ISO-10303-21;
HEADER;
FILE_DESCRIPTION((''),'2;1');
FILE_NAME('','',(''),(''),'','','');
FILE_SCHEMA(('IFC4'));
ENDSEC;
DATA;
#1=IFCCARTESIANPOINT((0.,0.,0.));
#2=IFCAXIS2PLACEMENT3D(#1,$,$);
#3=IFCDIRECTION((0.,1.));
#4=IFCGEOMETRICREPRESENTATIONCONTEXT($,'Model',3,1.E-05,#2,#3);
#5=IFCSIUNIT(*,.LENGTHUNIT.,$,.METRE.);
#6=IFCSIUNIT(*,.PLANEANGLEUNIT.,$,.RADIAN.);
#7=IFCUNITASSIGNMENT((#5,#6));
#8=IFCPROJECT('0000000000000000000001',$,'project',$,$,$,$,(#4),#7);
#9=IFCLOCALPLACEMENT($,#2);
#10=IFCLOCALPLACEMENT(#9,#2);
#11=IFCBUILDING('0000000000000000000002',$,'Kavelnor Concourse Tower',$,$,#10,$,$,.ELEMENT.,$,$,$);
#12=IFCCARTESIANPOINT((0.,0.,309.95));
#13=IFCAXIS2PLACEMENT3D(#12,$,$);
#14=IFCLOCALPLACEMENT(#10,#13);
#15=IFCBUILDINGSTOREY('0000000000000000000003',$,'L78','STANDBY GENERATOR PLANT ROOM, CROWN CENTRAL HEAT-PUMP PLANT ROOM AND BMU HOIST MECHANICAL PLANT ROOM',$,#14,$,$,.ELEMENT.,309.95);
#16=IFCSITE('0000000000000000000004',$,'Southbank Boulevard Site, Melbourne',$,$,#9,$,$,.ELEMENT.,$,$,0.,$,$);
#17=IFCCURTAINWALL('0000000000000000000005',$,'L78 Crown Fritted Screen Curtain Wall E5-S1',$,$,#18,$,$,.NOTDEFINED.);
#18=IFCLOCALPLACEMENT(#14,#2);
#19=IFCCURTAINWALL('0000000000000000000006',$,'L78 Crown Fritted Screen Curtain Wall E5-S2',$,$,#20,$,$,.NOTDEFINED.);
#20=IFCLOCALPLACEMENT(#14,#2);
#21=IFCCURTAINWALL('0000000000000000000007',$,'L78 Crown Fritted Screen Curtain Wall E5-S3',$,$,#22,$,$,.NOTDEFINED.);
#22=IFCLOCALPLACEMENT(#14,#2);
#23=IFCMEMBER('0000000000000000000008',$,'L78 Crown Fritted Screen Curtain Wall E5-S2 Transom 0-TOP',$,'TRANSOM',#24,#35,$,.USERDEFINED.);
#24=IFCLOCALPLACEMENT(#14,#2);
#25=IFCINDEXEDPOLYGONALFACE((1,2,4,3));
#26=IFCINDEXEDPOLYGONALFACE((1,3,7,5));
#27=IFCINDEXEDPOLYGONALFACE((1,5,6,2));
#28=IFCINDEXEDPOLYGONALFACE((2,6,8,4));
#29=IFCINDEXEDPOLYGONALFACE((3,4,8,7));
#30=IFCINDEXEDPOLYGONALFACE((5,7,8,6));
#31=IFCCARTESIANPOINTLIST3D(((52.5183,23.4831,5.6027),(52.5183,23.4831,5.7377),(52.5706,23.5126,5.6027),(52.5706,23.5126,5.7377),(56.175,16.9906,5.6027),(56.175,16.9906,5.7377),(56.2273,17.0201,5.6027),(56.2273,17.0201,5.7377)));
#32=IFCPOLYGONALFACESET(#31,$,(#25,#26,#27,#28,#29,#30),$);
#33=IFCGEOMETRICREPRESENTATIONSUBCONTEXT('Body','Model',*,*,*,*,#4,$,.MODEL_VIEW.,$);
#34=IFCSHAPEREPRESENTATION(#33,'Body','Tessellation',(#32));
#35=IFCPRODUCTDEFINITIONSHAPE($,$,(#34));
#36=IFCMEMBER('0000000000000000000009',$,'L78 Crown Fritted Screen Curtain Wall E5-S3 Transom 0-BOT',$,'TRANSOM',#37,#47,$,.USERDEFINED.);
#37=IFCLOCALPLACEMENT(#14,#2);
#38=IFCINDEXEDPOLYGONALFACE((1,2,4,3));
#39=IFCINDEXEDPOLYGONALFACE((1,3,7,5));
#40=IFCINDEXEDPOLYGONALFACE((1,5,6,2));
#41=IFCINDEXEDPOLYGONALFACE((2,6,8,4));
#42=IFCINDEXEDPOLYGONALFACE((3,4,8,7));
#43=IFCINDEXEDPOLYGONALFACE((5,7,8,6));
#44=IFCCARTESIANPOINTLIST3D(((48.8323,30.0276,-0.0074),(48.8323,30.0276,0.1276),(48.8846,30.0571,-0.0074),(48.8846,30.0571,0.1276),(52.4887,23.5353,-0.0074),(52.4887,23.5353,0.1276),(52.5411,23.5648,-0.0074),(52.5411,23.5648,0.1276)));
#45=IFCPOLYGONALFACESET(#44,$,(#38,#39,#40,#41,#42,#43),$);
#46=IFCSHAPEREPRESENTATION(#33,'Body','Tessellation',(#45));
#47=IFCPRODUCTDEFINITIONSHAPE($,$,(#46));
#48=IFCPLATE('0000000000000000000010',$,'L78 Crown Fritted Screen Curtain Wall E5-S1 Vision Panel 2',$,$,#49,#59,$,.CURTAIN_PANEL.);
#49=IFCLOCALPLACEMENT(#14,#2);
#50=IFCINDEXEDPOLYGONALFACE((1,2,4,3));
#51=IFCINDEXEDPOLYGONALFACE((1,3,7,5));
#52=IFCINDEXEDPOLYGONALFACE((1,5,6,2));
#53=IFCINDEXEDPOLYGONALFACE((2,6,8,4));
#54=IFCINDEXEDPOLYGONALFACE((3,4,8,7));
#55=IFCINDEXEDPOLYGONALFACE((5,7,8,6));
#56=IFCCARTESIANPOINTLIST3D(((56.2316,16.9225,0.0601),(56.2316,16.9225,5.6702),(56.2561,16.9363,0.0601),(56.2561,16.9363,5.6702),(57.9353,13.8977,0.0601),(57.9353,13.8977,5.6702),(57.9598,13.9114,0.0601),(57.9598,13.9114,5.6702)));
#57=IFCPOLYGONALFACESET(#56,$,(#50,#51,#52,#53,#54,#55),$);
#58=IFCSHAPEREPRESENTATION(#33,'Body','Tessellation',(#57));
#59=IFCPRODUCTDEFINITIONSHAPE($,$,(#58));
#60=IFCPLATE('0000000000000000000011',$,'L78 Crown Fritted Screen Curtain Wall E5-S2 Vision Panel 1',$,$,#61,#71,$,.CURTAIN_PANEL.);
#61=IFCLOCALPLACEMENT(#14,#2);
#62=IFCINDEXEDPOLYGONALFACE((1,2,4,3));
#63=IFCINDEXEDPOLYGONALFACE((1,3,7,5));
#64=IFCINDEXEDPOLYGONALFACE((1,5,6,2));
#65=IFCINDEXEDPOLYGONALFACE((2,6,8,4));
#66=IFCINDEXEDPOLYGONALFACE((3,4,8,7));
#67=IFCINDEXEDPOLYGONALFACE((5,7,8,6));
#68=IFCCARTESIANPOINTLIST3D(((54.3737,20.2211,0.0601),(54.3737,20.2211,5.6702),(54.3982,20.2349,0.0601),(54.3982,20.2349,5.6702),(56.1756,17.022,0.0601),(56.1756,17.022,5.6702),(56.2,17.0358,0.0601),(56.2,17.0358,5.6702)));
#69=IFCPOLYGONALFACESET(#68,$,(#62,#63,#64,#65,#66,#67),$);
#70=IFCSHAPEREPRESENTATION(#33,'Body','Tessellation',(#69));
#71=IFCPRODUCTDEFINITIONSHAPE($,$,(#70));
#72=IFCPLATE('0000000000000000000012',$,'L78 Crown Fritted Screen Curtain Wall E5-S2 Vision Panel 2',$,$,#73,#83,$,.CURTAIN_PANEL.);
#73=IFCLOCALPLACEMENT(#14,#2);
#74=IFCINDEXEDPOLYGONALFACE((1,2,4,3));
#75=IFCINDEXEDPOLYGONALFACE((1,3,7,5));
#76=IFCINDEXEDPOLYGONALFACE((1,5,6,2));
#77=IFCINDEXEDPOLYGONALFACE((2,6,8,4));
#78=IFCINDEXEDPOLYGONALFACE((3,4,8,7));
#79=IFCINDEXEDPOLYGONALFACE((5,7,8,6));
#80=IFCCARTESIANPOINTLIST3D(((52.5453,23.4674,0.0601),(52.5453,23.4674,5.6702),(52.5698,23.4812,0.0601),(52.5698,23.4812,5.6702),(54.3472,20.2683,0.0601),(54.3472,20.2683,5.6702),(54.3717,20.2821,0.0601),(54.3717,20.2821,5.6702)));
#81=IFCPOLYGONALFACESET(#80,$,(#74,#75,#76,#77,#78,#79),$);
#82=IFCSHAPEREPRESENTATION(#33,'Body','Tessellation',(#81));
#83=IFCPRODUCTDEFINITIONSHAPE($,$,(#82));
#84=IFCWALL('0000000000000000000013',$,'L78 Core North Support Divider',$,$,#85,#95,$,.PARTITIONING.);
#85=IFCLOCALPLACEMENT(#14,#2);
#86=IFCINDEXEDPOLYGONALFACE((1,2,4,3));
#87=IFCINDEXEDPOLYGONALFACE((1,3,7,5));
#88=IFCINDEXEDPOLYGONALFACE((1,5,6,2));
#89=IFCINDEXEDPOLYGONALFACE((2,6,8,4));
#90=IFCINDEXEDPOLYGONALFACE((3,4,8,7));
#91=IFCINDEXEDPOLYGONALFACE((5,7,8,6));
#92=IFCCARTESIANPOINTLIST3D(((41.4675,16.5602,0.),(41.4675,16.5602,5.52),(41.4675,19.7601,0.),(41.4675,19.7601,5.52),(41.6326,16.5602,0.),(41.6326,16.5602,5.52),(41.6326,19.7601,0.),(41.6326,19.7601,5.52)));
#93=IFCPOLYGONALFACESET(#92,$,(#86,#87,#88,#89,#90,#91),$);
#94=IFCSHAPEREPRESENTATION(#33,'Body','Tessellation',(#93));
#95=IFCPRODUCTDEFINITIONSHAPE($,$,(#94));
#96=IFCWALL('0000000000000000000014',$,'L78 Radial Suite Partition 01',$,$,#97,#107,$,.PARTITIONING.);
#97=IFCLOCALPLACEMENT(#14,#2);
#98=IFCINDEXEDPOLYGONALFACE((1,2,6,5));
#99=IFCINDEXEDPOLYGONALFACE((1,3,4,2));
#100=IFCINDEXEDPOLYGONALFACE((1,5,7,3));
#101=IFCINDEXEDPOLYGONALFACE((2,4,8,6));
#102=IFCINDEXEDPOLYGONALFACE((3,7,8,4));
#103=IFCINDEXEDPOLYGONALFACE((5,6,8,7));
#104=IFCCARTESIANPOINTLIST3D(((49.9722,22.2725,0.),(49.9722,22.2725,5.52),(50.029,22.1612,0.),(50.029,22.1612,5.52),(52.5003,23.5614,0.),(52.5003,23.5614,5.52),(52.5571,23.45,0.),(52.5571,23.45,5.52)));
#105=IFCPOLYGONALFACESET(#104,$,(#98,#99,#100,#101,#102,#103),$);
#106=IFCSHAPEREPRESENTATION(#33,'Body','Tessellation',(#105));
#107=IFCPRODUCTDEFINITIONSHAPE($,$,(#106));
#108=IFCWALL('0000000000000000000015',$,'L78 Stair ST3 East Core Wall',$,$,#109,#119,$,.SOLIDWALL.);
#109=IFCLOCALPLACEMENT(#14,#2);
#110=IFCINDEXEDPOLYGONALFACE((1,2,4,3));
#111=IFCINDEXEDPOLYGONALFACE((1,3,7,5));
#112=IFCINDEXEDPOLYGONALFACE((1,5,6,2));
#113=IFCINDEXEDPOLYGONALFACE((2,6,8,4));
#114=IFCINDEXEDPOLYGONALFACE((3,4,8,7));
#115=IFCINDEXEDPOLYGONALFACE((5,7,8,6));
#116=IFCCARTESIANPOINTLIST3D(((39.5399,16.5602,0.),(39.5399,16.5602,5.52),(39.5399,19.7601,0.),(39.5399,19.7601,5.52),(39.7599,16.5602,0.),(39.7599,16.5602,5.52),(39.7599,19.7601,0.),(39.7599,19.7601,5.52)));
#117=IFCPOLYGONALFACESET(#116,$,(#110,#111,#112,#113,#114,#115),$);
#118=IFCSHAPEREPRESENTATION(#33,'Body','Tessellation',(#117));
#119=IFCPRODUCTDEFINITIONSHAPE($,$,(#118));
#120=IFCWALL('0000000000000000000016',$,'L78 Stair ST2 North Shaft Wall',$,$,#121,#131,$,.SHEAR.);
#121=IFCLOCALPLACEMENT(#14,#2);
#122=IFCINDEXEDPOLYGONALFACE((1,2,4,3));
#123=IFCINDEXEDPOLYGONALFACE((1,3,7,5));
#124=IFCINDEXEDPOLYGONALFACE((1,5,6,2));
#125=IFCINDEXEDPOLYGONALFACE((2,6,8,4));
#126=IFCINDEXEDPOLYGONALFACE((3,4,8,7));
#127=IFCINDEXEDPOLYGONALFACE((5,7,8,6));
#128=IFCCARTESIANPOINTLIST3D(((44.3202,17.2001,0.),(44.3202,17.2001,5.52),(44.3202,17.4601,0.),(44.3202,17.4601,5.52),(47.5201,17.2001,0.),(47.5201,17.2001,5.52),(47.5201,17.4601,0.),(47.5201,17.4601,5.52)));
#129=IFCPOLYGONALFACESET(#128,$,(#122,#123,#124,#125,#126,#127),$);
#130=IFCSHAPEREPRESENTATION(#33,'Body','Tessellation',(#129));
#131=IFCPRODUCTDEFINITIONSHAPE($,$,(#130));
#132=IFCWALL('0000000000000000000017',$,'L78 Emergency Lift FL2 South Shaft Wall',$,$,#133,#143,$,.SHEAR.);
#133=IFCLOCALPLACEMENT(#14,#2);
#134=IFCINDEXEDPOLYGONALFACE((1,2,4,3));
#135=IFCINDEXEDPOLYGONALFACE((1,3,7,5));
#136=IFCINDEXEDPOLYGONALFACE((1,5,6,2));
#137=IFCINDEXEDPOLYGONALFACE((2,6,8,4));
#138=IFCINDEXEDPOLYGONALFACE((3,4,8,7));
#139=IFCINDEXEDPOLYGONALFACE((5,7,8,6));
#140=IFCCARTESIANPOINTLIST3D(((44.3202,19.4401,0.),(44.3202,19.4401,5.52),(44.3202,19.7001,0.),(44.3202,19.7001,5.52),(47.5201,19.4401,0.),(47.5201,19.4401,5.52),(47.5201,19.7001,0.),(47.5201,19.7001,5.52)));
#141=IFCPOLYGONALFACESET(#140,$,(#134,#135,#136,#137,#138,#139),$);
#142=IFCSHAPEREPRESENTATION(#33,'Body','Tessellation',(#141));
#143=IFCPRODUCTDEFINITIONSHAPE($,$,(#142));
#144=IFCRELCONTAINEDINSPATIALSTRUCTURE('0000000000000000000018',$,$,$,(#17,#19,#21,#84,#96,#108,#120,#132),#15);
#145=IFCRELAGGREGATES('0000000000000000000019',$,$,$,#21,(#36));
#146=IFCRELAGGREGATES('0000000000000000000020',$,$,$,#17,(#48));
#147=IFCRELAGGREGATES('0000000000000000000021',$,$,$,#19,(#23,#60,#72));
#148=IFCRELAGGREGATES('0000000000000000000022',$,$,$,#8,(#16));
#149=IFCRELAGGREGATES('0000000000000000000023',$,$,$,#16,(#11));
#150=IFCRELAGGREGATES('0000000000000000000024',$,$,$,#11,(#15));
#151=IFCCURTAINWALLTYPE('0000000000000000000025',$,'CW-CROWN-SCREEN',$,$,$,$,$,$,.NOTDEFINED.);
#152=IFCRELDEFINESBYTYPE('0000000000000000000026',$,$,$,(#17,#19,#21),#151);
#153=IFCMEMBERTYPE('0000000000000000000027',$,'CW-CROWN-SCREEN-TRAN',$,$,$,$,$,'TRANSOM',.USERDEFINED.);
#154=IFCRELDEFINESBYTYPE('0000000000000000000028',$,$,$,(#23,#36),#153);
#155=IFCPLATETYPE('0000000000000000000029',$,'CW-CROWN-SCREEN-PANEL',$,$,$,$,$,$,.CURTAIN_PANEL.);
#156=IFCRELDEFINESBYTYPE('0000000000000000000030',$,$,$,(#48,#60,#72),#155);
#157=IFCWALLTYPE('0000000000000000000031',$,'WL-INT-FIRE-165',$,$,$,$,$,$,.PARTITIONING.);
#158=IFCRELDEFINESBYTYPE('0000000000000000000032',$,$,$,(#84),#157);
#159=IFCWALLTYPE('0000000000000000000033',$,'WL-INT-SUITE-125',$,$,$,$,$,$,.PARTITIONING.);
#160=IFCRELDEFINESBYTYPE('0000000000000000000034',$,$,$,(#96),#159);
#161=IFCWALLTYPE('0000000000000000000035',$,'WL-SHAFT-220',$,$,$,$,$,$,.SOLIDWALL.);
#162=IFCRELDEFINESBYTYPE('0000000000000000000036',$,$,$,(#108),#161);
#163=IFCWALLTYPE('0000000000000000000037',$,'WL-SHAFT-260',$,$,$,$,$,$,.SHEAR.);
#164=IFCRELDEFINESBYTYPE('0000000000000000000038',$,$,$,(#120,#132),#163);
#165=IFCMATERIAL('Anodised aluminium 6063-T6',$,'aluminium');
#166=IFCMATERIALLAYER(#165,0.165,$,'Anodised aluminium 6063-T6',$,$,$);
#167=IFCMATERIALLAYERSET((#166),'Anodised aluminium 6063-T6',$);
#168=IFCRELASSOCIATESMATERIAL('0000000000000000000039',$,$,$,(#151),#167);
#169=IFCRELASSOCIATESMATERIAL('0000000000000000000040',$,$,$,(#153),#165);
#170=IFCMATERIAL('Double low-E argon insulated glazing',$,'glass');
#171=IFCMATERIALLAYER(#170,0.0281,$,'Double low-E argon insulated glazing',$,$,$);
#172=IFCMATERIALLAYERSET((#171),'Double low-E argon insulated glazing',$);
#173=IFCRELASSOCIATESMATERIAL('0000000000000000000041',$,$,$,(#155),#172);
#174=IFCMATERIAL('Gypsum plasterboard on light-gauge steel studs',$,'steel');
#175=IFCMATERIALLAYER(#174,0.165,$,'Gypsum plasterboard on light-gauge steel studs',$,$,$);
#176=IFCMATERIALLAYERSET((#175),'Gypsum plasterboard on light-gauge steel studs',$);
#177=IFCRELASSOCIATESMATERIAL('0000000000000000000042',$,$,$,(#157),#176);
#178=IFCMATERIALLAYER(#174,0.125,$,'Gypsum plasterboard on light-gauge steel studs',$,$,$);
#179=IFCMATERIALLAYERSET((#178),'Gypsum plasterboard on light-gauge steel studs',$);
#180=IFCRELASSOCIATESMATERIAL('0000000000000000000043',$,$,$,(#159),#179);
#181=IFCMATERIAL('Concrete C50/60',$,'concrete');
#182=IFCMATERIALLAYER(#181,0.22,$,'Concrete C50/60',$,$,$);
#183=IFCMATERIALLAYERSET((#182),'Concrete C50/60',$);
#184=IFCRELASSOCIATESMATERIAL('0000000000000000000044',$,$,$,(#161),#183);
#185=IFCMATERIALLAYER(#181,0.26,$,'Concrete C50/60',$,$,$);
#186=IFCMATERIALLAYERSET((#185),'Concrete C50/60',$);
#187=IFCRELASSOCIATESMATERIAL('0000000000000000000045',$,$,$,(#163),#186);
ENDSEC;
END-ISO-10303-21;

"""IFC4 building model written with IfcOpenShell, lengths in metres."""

from ifc_helpers import new_model, si_unit, direction, frame, frame_2d, origin, origin_2d, place, context, subcontext, project, spatial, rectangle, extrude, material, layer, layer_set, material_profile, profile_set, type_object, element, aggregate, save


model = new_model("IFC4")

# Units and contexts
model_context = context("Model", 3, precision=1e-05, world=origin(), true_north=direction((0.0, 1.0)))
body_context = subcontext(model_context, "Body", "Model", "MODEL_VIEW")
ifc_project = project(units=[si_unit("LENGTHUNIT", "METRE"), si_unit("PLANEANGLEUNIT", "RADIAN")], contexts=[model_context])

# Site, building, storey
site_placement = place(None, origin())
site = spatial("IfcSite", under=ifc_project, at=site_placement, Name="Southbank Boulevard Site, Melbourne", CompositionType="ELEMENT", RefElevation=0.0)
building_placement = place(site_placement, origin())
building = spatial("IfcBuilding", under=site, at=building_placement, Name="Kavelnor Concourse Tower", CompositionType="ELEMENT")
storey_placement = place(building_placement, frame((0.0, 0.0, 309.95)))
storey = spatial("IfcBuildingStorey", under=building, at=storey_placement, Name="L78", Description="STANDBY GENERATOR PLANT ROOM, CROWN CENTRAL HEAT-PUMP PLANT ROOM AND BMU HOIST MECHANICAL PLANT ROOM", CompositionType="ELEMENT", Elevation=309.95)

# Curtain wall
ifc_material_1 = material(Name="Anodised aluminium 6063-T6", Category="aluminium")
ifc_layer_1 = layer(ifc_material_1, 0.165, Name="Anodised aluminium 6063-T6")
ifc_layer_set_1 = layer_set([ifc_layer_1], Name="Anodised aluminium 6063-T6")
curtain_wall_type = type_object("IfcCurtainWallType", Name="CW-CROWN-SCREEN", PredefinedType="NOTDEFINED", material=ifc_layer_set_1)
curtain_wall_1_placement = place(storey_placement, origin())
curtain_wall_1 = element("IfcCurtainWall", 1, at=curtain_wall_1_placement, inside=storey, type_object=curtain_wall_type, Name="L78 Crown Fritted Screen Curtain Wall E5-S1", PredefinedType="NOTDEFINED")

# Curtain wall
curtain_wall_2_placement = place(storey_placement, origin())
curtain_wall_2 = element("IfcCurtainWall", 2, at=curtain_wall_2_placement, inside=storey, type_object=curtain_wall_type, Name="L78 Crown Fritted Screen Curtain Wall E5-S2", PredefinedType="NOTDEFINED")

# Curtain wall
curtain_wall_3_placement = place(storey_placement, origin())
curtain_wall_3 = element("IfcCurtainWall", 3, at=curtain_wall_3_placement, inside=storey, type_object=curtain_wall_type, Name="L78 Crown Fritted Screen Curtain Wall E5-S3", PredefinedType="NOTDEFINED")

# Members
ifc_material_profile_1 = material_profile(ifc_material_1, rectangle(XDim=0.0601, YDim=0.135, at=origin_2d()), Name="AL-TRAN 60x135")
ifc_profile_set_1 = profile_set([ifc_material_profile_1], Name="Anodised aluminium 6063-T6")
member_type_1 = type_object("IfcMemberType", Name="CW-CROWN-SCREEN-TRAN", ElementType="TRANSOM", PredefinedType="USERDEFINED", material=ifc_profile_set_1)
member_1_placement = place(storey_placement, frame((56.2012, 17.0054, 5.6702), z_axis=(-0.490745, 0.871303, 0.0), x_axis=(-0.871303, -0.490745, 0.0)))
member_1 = element("IfcMember", 4, at=member_1_placement, type_object=member_type_1, Name="L78 Crown Fritted Screen Curtain Wall E5-S2 Transom 0-TOP", ObjectType="TRANSOM", PredefinedType="USERDEFINED", context=body_context, shape_type="SweptSolid", body=[
    extrude(rectangle(XDim=0.0601, YDim=0.135, at=origin_2d()), origin(), (0.0, 0.0, 1.0), 7.4514),
])
member_2_placement = place(storey_placement, frame((52.5149, 23.55, 0.0601), z_axis=(-0.49072, 0.871317, 0.0), x_axis=(-0.871317, -0.49072, 0.0)))
member_2 = element("IfcMember", 5, at=member_2_placement, type_object=member_type_1, Name="L78 Crown Fritted Screen Curtain Wall E5-S3 Transom 0-BOT", ObjectType="TRANSOM", PredefinedType="USERDEFINED", context=body_context, shape_type="SweptSolid", body=[
    extrude(rectangle(XDim=0.0601, YDim=0.135, at=origin_2d()), origin(), (0.0, 0.0, 1.0), 7.4512),
])
aggregate(curtain_wall_3, [member_2])

# Plates
ifc_material_2 = material(Name="Double low-E argon insulated glazing", Category="glass")
ifc_layer_2 = layer(ifc_material_2, 0.0281, Name="Double low-E argon insulated glazing")
ifc_layer_set_2 = layer_set([ifc_layer_2], Name="Double low-E argon insulated glazing")
plate_type = type_object("IfcPlateType", Name="CW-CROWN-SCREEN-PANEL", PredefinedType="CURTAIN_PANEL", material=ifc_layer_set_2)
plate_1_placement = place(storey_placement, frame((57.0957, 15.417, 0.0601), z_axis=(0.0, 0.0, 1.0), x_axis=(-0.490752, 0.871299, 0.0)))
plate_1 = element("IfcPlate", 6, at=plate_1_placement, type_object=plate_type, Name="L78 Crown Fritted Screen Curtain Wall E5-S1 Vision Panel 2", PredefinedType="CURTAIN_PANEL", context=body_context, shape_type="SweptSolid", body=[
    extrude(rectangle(XDim=3.4717, YDim=0.0281, at=origin_2d()), origin(), (0.0, 0.0, 1.0), 5.6101),
])
aggregate(curtain_wall_1, [plate_1])
plate_2_placement = place(storey_placement, frame((55.2869, 18.6284, 0.0601), z_axis=(0.0, 0.0, 1.0), x_axis=(-0.490752, 0.871299, 0.0)))
plate_2 = element("IfcPlate", 7, at=plate_2_placement, type_object=plate_type, Name="L78 Crown Fritted Screen Curtain Wall E5-S2 Vision Panel 1", PredefinedType="CURTAIN_PANEL", context=body_context, shape_type="SweptSolid", body=[
    extrude(rectangle(XDim=3.6716, YDim=0.0281, at=origin_2d()), origin(), (0.0, 0.0, 1.0), 5.6101),
])
plate_3_placement = place(storey_placement, frame((53.4585, 21.8748, 0.0601), z_axis=(0.0, 0.0, 1.0), x_axis=(-0.490752, 0.871299, 0.0)))
plate_3 = element("IfcPlate", 8, at=plate_3_placement, type_object=plate_type, Name="L78 Crown Fritted Screen Curtain Wall E5-S2 Vision Panel 2", PredefinedType="CURTAIN_PANEL", context=body_context, shape_type="SweptSolid", body=[
    extrude(rectangle(XDim=3.6716, YDim=0.0281, at=origin_2d()), origin(), (0.0, 0.0, 1.0), 5.6101),
])
aggregate(curtain_wall_2, [member_1, plate_2, plate_3])

# Walls
ifc_material_3 = material(Name="Gypsum plasterboard on light-gauge steel studs", Category="steel")
ifc_layer_3 = layer(ifc_material_3, 0.165, Name="Gypsum plasterboard on light-gauge steel studs")
ifc_layer_set_3 = layer_set([ifc_layer_3], Name="Gypsum plasterboard on light-gauge steel studs")
wall_type_1 = type_object("IfcWallType", Name="WL-INT-FIRE-165", PredefinedType="PARTITIONING", material=ifc_layer_set_3)
wall_1_placement = place(storey_placement, frame((41.55, 16.5601, 0.0), z_axis=(0.0, 0.0, 1.0), x_axis=(0.0, 1.0, 0.0)))
element("IfcWall", 9, at=wall_1_placement, inside=storey, type_object=wall_type_1, Name="L78 Core North Support Divider", PredefinedType="PARTITIONING", context=body_context, shape_type="SweptSolid", body=[
    extrude(rectangle(XDim=3.2, YDim=0.165, at=frame_2d((1.6001, 0.0))), origin(), (0.0, 0.0, 1.0), 5.52),
])
ifc_layer_4 = layer(ifc_material_3, 0.125, Name="Gypsum plasterboard on light-gauge steel studs")
ifc_layer_set_4 = layer_set([ifc_layer_4], Name="Gypsum plasterboard on light-gauge steel studs")
wall_type_2 = type_object("IfcWallType", Name="WL-INT-SUITE-125", PredefinedType="PARTITIONING", material=ifc_layer_set_4)
wall_2_placement = place(storey_placement, frame((50.0005, 22.2168, 0.0), z_axis=(0.0, 0.0, 1.0), x_axis=(0.890907, 0.454186, 0.0)))
element("IfcWall", 10, at=wall_2_placement, inside=storey, type_object=wall_type_2, Name="L78 Radial Suite Partition 01", PredefinedType="PARTITIONING", context=body_context, shape_type="SweptSolid", body=[
    extrude(rectangle(XDim=2.8376, YDim=0.125, at=frame_2d((1.4189, 0.0))), origin(), (0.0, 0.0, 1.0), 5.52),
])
ifc_material_4 = material(Name="Concrete C50/60", Category="concrete")
ifc_layer_5 = layer(ifc_material_4, 0.22, Name="Concrete C50/60")
ifc_layer_set_5 = layer_set([ifc_layer_5], Name="Concrete C50/60")
wall_type_3 = type_object("IfcWallType", Name="WL-SHAFT-220", PredefinedType="SOLIDWALL", material=ifc_layer_set_5)
wall_3_placement = place(storey_placement, frame((39.6499, 16.5601, 0.0), z_axis=(0.0, 0.0, 1.0), x_axis=(0.0, 1.0, 0.0)))
element("IfcWall", 11, at=wall_3_placement, inside=storey, type_object=wall_type_3, Name="L78 Stair ST3 East Core Wall", PredefinedType="SOLIDWALL", context=body_context, shape_type="SweptSolid", body=[
    extrude(rectangle(XDim=3.2, YDim=0.22, at=frame_2d((1.6001, 0.0))), origin(), (0.0, 0.0, 1.0), 5.52),
])
ifc_layer_6 = layer(ifc_material_4, 0.26, Name="Concrete C50/60")
ifc_layer_set_6 = layer_set([ifc_layer_6], Name="Concrete C50/60")
wall_type_4 = type_object("IfcWallType", Name="WL-SHAFT-260", PredefinedType="SHEAR", material=ifc_layer_set_6)
for number, where, z_axis, x_axis, name in (
    (12, (44.3201, 17.3301, 0.0), (0.0, 0.0, 1.0), (1.0, 0.0, 0.0), "L78 Stair ST2 North Shaft Wall"),
    (13, (44.3201, 19.5701, 0.0), (0.0, 0.0, 1.0), (1.0, 0.0, 0.0), "L78 Emergency Lift FL2 South Shaft Wall"),
):
    element("IfcWall", number, at=place(storey_placement, frame(where, z_axis=z_axis, x_axis=x_axis)), inside=storey, type_object=wall_type_4, Name=name, PredefinedType="SHEAR", context=body_context, shape_type="SweptSolid", body=[
        extrude(rectangle(XDim=3.2, YDim=0.26, at=frame_2d((1.6001, 0.0))), origin(), (0.0, 0.0, 1.0), 5.52),
    ])

save(model, "model.ifc")
